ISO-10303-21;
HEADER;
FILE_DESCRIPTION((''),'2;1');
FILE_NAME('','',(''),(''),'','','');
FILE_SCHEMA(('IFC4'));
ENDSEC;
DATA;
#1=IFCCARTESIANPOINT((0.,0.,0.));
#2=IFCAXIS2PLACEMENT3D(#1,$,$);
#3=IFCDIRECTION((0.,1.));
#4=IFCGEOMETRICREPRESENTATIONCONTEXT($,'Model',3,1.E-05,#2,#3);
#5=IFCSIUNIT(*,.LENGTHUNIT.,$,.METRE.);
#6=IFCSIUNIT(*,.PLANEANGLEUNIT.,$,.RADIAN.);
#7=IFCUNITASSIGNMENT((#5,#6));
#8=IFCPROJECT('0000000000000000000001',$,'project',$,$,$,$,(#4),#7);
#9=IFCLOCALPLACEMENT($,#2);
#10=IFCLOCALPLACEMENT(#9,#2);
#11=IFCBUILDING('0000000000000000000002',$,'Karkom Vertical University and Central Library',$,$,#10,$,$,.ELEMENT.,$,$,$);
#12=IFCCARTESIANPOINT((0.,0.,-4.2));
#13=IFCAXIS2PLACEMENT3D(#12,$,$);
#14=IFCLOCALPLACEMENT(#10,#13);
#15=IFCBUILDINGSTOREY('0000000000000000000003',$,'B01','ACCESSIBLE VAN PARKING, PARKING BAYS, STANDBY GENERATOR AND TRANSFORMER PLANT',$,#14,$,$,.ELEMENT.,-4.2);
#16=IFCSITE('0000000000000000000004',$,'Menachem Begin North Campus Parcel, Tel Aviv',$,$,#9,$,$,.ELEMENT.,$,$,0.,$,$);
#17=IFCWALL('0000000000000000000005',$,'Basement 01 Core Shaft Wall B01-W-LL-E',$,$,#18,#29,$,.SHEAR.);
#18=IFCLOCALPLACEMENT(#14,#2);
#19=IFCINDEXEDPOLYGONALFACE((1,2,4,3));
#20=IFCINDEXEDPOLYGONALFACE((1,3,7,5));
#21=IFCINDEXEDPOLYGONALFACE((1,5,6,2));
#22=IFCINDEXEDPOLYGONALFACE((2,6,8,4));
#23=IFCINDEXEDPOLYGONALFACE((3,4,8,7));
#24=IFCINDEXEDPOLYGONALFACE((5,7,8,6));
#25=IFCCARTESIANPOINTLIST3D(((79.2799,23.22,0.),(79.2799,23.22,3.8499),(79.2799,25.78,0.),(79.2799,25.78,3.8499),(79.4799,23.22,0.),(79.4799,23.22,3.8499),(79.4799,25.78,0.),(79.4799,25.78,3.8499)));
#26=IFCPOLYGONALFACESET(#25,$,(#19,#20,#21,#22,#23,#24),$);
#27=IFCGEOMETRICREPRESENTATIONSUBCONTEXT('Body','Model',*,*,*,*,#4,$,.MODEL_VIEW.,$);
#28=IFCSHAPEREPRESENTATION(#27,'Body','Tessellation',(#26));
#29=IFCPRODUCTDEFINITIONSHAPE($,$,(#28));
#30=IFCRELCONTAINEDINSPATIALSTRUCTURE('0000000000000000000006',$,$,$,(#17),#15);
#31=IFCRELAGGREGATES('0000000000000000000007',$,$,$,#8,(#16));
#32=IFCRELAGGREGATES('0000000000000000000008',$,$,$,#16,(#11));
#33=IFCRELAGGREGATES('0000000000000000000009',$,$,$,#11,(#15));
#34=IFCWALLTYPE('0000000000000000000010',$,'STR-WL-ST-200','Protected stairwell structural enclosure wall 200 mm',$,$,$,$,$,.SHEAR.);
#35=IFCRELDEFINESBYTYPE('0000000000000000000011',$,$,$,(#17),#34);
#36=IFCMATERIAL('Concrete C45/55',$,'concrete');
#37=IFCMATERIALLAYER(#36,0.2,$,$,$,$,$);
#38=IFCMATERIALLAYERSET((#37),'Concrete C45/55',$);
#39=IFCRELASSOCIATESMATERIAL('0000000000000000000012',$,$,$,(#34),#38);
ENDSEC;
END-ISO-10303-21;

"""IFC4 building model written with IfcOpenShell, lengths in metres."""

from ifc_helpers import new_model, si_unit, direction, frame, frame_2d, origin, place, context, subcontext, project, spatial, rectangle, extrude, material, layer, layer_set, type_object, element, save


model = new_model("IFC4")

# Units and contexts
model_context = context("Model", 3, precision=1e-05, world=origin(), true_north=direction((0.0, 1.0)))
body_context = subcontext(model_context, "Body", "Model", "MODEL_VIEW")
ifc_project = project(units=[si_unit("LENGTHUNIT", "METRE"), si_unit("PLANEANGLEUNIT", "RADIAN")], contexts=[model_context])

# Site, building, storey
site_placement = place(None, origin())
site = spatial("IfcSite", under=ifc_project, at=site_placement, Name="Menachem Begin North Campus Parcel, Tel Aviv", CompositionType="ELEMENT", RefElevation=0.0)
building_placement = place(site_placement, origin())
building = spatial("IfcBuilding", under=site, at=building_placement, Name="Karkom Vertical University and Central Library", CompositionType="ELEMENT")
storey_placement = place(building_placement, frame((0.0, 0.0, -4.2)))
storey = spatial("IfcBuildingStorey", under=building, at=storey_placement, Name="B01", Description="ACCESSIBLE VAN PARKING, PARKING BAYS, STANDBY GENERATOR AND TRANSFORMER PLANT", CompositionType="ELEMENT", Elevation=-4.2)

# Shared definitions
ifc_material_1 = material(Name="Concrete C45/55", Category="concrete")

# Shared definitions
ifc_layer_1 = layer(ifc_material_1, 0.2)
ifc_layer_set_1 = layer_set([ifc_layer_1], Name="Concrete C45/55")
wall_type_1 = type_object("IfcWallType", Name="STR-WL-ST-200", Description="Protected stairwell structural enclosure wall 200 mm", PredefinedType="SHEAR", material=ifc_layer_set_1)

# Wall
for number, where, z_axis, x_axis, name in (
    (1, (79.3799, 23.22, 0.0), (0.0, 0.0, 1.0), (0.0, 1.0, 0.0), "Basement 01 Core Shaft Wall B01-W-LL-E"),
):
    element("IfcWall", number, at=place(storey_placement, frame(where, z_axis=z_axis, x_axis=x_axis)), inside=storey, type_object=wall_type_1, Name=name, PredefinedType="SHEAR", context=body_context, shape_type="SweptSolid", body=[
        extrude(rectangle(XDim=2.5601, YDim=0.2, at=frame_2d((1.28, 0.0))), origin(), (0.0, 0.0, 1.0), 3.8499),
    ])

save(model, "model.ifc")
